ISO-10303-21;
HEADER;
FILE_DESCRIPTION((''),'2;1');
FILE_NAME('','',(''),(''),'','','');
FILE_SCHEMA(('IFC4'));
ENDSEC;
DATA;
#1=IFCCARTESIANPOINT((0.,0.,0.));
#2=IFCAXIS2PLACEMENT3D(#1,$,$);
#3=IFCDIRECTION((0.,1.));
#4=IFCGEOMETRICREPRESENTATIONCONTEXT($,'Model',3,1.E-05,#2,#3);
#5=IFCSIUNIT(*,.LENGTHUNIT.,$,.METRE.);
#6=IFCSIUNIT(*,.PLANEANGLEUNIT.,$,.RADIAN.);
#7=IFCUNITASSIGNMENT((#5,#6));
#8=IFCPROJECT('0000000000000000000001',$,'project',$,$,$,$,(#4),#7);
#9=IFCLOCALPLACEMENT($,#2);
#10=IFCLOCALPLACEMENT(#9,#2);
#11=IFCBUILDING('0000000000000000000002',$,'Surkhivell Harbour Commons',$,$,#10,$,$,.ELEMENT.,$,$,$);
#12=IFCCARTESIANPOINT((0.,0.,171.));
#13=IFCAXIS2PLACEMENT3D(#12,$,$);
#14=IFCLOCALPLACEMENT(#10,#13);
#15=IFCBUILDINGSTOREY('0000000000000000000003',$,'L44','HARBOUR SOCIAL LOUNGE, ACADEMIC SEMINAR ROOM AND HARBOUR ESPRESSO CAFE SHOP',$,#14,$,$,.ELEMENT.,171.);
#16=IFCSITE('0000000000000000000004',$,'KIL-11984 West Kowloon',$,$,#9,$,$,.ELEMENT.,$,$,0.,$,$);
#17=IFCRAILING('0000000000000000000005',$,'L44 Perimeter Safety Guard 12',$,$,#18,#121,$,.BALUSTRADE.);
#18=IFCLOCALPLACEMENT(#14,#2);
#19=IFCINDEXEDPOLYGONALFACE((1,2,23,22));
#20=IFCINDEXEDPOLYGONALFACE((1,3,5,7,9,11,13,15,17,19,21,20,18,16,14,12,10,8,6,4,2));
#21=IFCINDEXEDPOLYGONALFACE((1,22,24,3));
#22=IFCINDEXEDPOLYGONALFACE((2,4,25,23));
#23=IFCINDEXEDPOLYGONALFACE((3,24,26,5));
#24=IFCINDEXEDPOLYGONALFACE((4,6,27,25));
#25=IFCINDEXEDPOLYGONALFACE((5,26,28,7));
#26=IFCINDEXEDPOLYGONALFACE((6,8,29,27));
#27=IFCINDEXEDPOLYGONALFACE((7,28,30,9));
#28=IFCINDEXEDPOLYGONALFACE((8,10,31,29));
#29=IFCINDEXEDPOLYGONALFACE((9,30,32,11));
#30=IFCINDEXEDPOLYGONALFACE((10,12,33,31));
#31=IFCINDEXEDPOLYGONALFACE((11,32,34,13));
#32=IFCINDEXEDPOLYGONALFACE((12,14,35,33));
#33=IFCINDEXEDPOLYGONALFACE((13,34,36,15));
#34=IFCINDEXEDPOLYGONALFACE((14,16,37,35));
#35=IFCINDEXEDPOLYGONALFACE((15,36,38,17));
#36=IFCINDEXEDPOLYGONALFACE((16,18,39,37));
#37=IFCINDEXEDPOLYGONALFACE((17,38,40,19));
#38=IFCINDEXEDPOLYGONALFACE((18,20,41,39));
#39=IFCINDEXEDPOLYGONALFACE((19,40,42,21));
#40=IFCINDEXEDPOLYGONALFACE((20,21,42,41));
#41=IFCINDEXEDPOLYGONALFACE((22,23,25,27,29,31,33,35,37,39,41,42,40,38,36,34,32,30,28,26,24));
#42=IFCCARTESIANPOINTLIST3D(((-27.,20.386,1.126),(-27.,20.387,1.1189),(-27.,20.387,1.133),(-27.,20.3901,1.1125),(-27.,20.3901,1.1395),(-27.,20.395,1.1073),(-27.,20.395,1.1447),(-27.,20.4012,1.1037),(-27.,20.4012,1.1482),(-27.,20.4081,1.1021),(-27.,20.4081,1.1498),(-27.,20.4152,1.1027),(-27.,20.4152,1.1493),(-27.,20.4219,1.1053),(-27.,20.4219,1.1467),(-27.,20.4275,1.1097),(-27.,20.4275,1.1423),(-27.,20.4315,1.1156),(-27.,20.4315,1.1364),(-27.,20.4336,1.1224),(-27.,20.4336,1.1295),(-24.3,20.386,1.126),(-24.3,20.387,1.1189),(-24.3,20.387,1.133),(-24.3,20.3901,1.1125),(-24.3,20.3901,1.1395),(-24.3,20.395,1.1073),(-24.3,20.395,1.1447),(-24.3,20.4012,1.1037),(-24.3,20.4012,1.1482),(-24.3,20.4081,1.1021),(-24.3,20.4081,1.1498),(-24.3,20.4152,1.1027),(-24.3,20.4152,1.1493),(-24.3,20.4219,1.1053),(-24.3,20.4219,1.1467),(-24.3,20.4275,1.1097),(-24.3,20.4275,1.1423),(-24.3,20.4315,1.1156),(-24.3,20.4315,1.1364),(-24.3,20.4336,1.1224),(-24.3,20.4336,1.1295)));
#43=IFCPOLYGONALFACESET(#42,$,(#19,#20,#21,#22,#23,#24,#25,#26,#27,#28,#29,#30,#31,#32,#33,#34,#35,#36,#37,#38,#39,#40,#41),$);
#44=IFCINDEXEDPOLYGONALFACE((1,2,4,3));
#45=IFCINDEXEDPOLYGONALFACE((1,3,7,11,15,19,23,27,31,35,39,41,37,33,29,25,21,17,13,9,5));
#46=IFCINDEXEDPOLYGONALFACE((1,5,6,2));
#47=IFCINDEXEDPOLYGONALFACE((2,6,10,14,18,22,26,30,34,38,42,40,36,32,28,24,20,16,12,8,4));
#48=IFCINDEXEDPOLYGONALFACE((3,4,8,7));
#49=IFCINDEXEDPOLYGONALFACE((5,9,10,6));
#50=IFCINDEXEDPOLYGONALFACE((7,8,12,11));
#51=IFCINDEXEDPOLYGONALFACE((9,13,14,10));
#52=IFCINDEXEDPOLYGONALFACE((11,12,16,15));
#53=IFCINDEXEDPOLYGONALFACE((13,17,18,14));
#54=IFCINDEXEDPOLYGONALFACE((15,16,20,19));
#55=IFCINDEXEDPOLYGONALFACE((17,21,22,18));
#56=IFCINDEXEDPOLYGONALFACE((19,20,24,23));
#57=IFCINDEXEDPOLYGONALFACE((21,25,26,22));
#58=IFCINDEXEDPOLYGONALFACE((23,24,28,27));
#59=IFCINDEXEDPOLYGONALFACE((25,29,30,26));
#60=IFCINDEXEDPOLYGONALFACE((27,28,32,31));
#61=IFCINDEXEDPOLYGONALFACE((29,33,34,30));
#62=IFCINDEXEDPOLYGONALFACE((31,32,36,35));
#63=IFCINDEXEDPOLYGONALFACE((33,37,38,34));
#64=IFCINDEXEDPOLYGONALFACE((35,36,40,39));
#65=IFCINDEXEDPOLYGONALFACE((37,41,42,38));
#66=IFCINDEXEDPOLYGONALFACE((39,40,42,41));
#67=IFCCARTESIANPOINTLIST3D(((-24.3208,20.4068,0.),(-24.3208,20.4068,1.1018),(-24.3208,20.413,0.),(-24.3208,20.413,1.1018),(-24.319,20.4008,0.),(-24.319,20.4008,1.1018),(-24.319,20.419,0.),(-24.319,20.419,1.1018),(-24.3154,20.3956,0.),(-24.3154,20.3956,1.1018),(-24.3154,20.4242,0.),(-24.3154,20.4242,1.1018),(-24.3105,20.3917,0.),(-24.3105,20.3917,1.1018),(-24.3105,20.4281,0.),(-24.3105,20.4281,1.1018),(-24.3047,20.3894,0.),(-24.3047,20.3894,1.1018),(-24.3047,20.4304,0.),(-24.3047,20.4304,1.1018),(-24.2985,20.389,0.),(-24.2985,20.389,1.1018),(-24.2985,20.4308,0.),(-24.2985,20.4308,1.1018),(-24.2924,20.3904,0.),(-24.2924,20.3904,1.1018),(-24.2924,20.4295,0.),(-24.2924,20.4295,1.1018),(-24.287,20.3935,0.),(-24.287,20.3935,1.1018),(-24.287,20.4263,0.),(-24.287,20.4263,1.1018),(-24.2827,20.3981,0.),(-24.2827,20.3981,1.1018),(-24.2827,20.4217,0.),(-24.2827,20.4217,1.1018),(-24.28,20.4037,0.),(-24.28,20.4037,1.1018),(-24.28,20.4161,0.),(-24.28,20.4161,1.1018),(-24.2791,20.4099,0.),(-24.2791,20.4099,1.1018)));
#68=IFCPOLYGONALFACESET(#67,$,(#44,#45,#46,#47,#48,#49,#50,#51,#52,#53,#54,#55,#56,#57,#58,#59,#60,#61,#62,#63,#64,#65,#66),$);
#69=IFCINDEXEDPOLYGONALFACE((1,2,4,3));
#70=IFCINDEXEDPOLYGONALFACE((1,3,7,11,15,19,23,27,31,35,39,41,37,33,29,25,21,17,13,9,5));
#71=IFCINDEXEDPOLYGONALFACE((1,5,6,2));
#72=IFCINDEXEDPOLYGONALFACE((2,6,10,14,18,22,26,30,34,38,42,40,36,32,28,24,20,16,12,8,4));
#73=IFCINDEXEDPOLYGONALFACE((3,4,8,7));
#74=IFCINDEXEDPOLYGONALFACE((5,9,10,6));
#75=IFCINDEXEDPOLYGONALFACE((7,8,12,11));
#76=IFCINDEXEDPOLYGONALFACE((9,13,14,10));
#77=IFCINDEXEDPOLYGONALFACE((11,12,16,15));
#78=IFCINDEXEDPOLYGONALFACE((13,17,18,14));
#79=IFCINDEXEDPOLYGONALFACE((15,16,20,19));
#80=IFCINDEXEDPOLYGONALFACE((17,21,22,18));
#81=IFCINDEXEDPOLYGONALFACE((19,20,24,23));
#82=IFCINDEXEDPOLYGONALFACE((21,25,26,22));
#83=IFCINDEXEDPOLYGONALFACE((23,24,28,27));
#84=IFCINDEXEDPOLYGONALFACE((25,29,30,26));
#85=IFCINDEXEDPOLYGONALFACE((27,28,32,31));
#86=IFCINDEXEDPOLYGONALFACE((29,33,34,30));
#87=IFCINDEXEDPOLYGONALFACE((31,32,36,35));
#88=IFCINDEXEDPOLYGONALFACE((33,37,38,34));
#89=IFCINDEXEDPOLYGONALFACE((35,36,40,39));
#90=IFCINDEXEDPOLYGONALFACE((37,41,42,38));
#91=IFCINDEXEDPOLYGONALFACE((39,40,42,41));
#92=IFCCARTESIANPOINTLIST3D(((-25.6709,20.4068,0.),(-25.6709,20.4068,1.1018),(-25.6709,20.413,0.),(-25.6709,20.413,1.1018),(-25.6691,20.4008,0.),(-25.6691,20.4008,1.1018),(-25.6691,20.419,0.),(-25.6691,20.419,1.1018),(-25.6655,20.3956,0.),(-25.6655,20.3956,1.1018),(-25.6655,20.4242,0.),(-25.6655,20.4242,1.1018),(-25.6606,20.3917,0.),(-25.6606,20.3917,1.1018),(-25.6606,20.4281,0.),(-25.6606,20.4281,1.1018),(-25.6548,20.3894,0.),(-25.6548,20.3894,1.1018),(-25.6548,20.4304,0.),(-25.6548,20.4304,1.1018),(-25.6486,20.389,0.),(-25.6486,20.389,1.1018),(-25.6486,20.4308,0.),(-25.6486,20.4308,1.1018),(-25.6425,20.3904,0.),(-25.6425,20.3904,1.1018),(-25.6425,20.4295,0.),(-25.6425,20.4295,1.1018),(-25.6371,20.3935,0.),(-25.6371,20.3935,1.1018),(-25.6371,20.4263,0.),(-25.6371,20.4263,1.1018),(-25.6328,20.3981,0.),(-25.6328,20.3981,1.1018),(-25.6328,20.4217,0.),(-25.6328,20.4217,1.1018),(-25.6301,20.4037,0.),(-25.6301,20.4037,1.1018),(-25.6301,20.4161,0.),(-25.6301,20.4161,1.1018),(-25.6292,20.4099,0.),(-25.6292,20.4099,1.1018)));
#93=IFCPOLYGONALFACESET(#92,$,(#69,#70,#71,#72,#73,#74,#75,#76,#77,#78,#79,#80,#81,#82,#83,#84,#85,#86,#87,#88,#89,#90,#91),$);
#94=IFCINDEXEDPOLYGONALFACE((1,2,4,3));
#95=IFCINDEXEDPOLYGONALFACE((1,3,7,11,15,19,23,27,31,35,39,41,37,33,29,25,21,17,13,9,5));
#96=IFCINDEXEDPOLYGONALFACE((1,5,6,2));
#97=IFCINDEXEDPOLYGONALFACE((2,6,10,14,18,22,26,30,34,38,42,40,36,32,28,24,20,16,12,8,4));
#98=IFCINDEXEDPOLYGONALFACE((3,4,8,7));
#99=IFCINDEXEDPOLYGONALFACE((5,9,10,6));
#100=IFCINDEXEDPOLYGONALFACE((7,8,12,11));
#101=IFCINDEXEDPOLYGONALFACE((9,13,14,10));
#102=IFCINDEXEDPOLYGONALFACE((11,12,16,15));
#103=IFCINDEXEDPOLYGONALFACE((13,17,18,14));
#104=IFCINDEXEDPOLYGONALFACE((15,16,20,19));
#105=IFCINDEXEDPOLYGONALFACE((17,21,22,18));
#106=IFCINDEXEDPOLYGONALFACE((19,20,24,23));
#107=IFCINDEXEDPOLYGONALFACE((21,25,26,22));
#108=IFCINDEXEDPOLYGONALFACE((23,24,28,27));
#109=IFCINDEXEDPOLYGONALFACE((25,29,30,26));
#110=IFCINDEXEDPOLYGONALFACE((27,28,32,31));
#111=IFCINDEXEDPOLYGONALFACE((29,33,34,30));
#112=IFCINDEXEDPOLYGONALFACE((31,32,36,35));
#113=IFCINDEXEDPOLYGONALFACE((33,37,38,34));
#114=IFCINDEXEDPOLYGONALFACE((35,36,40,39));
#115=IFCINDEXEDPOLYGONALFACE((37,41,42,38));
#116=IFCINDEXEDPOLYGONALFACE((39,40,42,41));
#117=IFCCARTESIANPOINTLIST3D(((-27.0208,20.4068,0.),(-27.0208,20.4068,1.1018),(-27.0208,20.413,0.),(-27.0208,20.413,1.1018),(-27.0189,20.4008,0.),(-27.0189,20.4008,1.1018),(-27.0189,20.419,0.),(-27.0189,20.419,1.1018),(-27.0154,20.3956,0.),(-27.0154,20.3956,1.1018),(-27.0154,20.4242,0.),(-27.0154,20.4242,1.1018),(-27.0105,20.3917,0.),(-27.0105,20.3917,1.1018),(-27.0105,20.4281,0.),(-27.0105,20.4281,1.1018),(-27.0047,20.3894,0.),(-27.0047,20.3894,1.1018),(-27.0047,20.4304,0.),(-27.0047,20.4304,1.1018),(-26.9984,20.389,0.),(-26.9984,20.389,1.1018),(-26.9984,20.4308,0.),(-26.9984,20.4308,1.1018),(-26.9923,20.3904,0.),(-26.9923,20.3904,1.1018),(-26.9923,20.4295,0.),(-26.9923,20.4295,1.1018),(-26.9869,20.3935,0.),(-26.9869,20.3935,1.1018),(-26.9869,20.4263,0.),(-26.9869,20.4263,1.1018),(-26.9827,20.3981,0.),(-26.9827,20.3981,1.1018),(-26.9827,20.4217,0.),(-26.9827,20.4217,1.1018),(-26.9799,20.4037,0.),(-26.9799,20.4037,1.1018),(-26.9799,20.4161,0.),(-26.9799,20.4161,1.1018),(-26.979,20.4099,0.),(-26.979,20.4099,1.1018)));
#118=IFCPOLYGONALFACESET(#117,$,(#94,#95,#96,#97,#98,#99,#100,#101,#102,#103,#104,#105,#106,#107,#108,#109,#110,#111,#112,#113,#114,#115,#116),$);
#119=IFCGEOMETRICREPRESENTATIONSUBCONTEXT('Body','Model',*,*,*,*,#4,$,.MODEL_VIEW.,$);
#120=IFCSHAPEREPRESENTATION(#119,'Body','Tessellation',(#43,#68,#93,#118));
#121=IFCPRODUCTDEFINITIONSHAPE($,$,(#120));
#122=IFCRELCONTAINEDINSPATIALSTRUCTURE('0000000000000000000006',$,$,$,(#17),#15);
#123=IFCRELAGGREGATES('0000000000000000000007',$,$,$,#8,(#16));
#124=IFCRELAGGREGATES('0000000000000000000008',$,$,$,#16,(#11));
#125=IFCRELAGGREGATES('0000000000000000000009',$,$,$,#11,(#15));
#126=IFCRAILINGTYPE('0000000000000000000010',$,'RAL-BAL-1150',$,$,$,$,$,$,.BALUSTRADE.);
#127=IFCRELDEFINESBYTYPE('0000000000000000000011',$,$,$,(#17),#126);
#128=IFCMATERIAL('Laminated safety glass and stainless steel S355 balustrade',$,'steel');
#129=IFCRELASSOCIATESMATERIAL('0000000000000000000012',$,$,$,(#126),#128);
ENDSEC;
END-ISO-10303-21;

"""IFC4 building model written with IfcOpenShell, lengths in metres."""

from ifc_helpers import new_model, si_unit, direction, frame, origin, origin_2d, place, context, subcontext, project, spatial, circle, extrude, material, type_object, element, save


model = new_model("IFC4")

# Units and contexts
model_context = context("Model", 3, precision=1e-05, world=origin(), true_north=direction((0.0, 1.0)))
body_context = subcontext(model_context, "Body", "Model", "MODEL_VIEW")
ifc_project = project(units=[si_unit("LENGTHUNIT", "METRE"), si_unit("PLANEANGLEUNIT", "RADIAN")], contexts=[model_context])

# Site, building, storey
site_placement = place(None, origin())
site = spatial("IfcSite", under=ifc_project, at=site_placement, Name="KIL-11984 West Kowloon", CompositionType="ELEMENT", RefElevation=0.0)
building_placement = place(site_placement, origin())
building = spatial("IfcBuilding", under=site, at=building_placement, Name="Surkhivell Harbour Commons", CompositionType="ELEMENT")
storey_placement = place(building_placement, frame((0.0, 0.0, 171.0)))
storey = spatial("IfcBuildingStorey", under=building, at=storey_placement, Name="L44", Description="HARBOUR SOCIAL LOUNGE, ACADEMIC SEMINAR ROOM AND HARBOUR ESPRESSO CAFE SHOP", CompositionType="ELEMENT", Elevation=171.0)

# Railing
ifc_material_1 = material(Name="Laminated safety glass and stainless steel S355 balustrade", Category="steel")
railing_type = type_object("IfcRailingType", Name="RAL-BAL-1150", PredefinedType="BALUSTRADE", material=ifc_material_1)
railing_1_placement = place(storey_placement, frame((-24.3, 20.4099, 0.0)))
element("IfcRailing", 1, at=railing_1_placement, inside=storey, type_object=railing_type, Name="L44 Perimeter Safety Guard 12", PredefinedType="BALUSTRADE", context=body_context, shape_type="SweptSolid", body=[
    extrude(circle(Radius=0.0239, at=origin_2d()), frame((0.0, 0.0, 1.126), z_axis=(-1.0, 0.0, 0.0), x_axis=(0.0, -1.0, 0.0)), (0.0, 0.0, 1.0), 2.7),
    extrude(circle(Radius=0.021, at=origin_2d()), origin(), (0.0, 0.0, 1.0), 1.1018),
    extrude(circle(Radius=0.021, at=origin_2d()), frame((-1.3501, 0.0, 0.0)), (0.0, 0.0, 1.0), 1.1018),
    extrude(circle(Radius=0.021, at=origin_2d()), frame((-2.7, 0.0, 0.0)), (0.0, 0.0, 1.0), 1.1018),
])

save(model, "model.ifc")
